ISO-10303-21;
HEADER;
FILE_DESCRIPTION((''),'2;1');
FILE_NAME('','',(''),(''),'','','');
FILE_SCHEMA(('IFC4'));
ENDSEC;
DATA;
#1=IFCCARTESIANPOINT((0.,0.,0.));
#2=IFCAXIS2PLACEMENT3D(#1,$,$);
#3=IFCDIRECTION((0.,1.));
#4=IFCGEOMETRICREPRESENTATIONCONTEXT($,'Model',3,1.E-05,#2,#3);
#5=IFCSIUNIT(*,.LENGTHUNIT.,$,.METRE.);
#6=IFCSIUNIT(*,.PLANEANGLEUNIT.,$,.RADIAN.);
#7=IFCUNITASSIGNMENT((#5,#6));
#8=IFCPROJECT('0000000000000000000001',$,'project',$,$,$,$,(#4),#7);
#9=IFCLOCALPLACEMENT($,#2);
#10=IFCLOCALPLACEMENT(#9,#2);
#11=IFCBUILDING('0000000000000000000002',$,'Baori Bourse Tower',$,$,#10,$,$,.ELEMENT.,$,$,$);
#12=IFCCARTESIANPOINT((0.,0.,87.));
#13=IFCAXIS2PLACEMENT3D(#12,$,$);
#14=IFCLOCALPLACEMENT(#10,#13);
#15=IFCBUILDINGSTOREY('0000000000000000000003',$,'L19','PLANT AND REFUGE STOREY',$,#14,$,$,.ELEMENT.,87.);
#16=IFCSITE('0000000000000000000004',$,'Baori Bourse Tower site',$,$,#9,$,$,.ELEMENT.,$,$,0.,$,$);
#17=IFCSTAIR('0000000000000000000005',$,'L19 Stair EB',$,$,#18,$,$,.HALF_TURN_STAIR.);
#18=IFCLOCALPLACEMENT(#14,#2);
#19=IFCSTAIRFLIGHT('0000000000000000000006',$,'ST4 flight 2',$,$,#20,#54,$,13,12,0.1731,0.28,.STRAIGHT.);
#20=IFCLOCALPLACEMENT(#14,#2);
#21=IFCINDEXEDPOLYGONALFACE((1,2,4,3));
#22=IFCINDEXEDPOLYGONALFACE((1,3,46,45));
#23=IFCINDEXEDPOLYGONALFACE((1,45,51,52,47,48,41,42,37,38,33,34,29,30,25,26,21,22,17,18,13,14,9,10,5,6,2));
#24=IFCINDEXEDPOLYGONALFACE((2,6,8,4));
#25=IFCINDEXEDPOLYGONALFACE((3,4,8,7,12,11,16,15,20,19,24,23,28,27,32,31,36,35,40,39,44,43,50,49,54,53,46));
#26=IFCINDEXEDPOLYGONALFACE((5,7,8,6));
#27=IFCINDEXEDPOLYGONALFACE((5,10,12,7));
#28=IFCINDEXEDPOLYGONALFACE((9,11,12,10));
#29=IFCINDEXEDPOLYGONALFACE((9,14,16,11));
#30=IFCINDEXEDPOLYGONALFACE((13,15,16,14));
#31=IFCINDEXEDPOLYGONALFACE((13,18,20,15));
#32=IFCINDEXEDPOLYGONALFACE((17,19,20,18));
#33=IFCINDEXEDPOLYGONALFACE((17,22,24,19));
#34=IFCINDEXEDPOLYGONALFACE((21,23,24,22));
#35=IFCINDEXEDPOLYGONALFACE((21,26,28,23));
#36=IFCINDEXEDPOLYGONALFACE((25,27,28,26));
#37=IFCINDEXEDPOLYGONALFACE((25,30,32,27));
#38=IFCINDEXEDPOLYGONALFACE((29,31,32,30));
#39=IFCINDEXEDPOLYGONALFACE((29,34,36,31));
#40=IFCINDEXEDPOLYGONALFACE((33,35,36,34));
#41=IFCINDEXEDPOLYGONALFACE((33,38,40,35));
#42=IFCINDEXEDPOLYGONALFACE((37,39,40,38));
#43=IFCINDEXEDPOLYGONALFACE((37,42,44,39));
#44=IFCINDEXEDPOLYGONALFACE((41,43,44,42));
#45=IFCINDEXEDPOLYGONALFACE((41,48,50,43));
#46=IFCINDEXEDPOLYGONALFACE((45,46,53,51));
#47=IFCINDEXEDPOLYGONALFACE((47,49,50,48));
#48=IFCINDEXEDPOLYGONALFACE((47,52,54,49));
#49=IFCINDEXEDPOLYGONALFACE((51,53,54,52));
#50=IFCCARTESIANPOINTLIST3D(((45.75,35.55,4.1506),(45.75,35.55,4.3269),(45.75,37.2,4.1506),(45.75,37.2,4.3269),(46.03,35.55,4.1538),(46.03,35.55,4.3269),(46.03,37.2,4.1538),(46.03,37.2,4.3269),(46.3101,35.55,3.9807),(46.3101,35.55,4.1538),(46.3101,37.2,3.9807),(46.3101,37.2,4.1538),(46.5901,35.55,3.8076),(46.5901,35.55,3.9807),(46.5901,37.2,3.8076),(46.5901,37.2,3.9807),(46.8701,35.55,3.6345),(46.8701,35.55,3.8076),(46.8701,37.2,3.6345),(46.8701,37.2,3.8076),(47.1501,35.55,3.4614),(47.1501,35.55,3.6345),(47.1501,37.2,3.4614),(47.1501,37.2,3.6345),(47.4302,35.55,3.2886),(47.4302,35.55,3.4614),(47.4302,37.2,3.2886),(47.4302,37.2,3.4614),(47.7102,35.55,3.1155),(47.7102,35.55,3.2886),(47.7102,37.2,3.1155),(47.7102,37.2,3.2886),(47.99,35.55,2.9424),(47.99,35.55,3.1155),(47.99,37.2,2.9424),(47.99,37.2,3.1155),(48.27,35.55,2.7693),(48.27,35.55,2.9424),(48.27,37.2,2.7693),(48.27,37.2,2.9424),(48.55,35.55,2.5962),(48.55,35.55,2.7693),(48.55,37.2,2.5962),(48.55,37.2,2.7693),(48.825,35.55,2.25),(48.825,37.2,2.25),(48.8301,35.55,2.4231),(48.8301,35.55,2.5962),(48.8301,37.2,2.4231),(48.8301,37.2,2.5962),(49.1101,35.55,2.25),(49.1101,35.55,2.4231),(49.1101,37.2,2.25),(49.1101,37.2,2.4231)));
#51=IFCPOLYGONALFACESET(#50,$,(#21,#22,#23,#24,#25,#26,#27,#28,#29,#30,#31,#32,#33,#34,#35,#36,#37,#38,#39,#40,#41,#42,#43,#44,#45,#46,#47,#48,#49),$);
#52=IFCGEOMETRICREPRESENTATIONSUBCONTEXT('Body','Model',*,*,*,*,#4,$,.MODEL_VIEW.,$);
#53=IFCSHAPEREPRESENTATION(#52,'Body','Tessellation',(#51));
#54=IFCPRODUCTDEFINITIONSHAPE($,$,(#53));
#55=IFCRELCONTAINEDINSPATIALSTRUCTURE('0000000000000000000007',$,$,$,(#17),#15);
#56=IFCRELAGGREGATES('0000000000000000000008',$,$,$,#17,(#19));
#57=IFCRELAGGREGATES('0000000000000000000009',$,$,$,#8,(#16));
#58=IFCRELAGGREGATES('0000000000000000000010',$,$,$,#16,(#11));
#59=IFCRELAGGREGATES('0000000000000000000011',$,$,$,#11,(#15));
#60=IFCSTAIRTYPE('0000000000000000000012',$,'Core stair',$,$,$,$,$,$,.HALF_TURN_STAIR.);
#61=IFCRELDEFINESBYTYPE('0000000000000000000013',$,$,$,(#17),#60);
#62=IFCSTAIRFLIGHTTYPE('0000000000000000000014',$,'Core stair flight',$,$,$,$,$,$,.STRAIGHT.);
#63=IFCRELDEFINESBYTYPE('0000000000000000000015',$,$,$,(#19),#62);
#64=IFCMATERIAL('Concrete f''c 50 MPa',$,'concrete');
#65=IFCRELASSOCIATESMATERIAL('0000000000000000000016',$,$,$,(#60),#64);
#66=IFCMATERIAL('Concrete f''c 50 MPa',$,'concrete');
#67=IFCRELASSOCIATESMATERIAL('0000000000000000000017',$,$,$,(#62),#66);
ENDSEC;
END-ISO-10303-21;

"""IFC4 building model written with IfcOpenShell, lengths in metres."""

from ifc_helpers import new_model, si_unit, direction, frame, origin, place, context, subcontext, project, spatial, polyline, outline, extrude, material, type_object, element, aggregate, save


model = new_model("IFC4")

# Units and contexts
model_context = context("Model", 3, precision=1e-05, world=origin(), true_north=direction((0.0, 1.0)))
body_context = subcontext(model_context, "Body", "Model", "MODEL_VIEW")
ifc_project = project(units=[si_unit("LENGTHUNIT", "METRE"), si_unit("PLANEANGLEUNIT", "RADIAN")], contexts=[model_context])

# Site, building, storey
site_placement = place(None, origin())
site = spatial("IfcSite", under=ifc_project, at=site_placement, Name="Baori Bourse Tower site", CompositionType="ELEMENT", RefElevation=0.0)
building_placement = place(site_placement, origin())
building = spatial("IfcBuilding", under=site, at=building_placement, Name="Baori Bourse Tower", CompositionType="ELEMENT")
storey_placement = place(building_placement, frame((0.0, 0.0, 87.0)))
storey = spatial("IfcBuildingStorey", under=building, at=storey_placement, Name="L19", Description="PLANT AND REFUGE STOREY", CompositionType="ELEMENT", Elevation=87.0)

# Stair, stair flight
ifc_material_1 = material(Name="Concrete f'c 50 MPa", Category="concrete")
stair_type = type_object("IfcStairType", Name="Core stair", PredefinedType="HALF_TURN_STAIR", material=ifc_material_1)
stair_placement = place(storey_placement, origin())
stair = element("IfcStair", 1, at=stair_placement, inside=storey, type_object=stair_type, Name="L19 Stair EB", PredefinedType="HALF_TURN_STAIR")
ifc_material_2 = material(Name="Concrete f'c 50 MPa", Category="concrete")
stair_flight_type = type_object("IfcStairFlightType", Name="Core stair flight", PredefinedType="STRAIGHT", material=ifc_material_2)
stair_flight_1_placement = place(storey_placement, frame((49.1101, 36.375, 2.25), z_axis=(0.0, 0.0, 1.0), x_axis=(-1.0, 0.0, 0.0)))
stair_flight_1 = element("IfcStairFlight", 2, at=stair_flight_1_placement, type_object=stair_flight_type, Name="ST4 flight 2", NumberOfRisers=13, NumberOfTreads=12, PredefinedType="STRAIGHT", RiserHeight=0.1731, TreadLength=0.28, context=body_context, shape_type="SweptSolid", body=[
    extrude(outline(polyline([(0.0, 0.0), (0.0, 0.1731), (0.28, 0.1731), (0.28, 0.3462), (0.5601, 0.3462), (0.5601, 0.5193), (0.8401, 0.5193), (0.8401, 0.6924), (1.1201, 0.6924), (1.1201, 0.8655), (1.3999, 0.8655), (1.3999, 1.0386), (1.6799, 1.0386), (1.6799, 1.2114), (1.96, 1.2114), (1.96, 1.3845), (2.24, 1.3845), (2.24, 1.5576), (2.52, 1.5576), (2.52, 1.7307), (2.8, 1.7307), (2.8, 1.9038), (3.0801, 1.9038), (3.0801, 2.0769), (3.3601, 2.0769), (3.3601, 2.25), (3.3601, 1.9006), (0.2852, 0.0), (0.0, 0.0)])), frame((0.0, 0.825, 0.0), z_axis=(0.0, -1.0, 0.0), x_axis=(1.0, 0.0, 0.0)), (0.0, 0.0, 1.0), 1.6499),
])
aggregate(stair, [stair_flight_1])

save(model, "model.ifc")
